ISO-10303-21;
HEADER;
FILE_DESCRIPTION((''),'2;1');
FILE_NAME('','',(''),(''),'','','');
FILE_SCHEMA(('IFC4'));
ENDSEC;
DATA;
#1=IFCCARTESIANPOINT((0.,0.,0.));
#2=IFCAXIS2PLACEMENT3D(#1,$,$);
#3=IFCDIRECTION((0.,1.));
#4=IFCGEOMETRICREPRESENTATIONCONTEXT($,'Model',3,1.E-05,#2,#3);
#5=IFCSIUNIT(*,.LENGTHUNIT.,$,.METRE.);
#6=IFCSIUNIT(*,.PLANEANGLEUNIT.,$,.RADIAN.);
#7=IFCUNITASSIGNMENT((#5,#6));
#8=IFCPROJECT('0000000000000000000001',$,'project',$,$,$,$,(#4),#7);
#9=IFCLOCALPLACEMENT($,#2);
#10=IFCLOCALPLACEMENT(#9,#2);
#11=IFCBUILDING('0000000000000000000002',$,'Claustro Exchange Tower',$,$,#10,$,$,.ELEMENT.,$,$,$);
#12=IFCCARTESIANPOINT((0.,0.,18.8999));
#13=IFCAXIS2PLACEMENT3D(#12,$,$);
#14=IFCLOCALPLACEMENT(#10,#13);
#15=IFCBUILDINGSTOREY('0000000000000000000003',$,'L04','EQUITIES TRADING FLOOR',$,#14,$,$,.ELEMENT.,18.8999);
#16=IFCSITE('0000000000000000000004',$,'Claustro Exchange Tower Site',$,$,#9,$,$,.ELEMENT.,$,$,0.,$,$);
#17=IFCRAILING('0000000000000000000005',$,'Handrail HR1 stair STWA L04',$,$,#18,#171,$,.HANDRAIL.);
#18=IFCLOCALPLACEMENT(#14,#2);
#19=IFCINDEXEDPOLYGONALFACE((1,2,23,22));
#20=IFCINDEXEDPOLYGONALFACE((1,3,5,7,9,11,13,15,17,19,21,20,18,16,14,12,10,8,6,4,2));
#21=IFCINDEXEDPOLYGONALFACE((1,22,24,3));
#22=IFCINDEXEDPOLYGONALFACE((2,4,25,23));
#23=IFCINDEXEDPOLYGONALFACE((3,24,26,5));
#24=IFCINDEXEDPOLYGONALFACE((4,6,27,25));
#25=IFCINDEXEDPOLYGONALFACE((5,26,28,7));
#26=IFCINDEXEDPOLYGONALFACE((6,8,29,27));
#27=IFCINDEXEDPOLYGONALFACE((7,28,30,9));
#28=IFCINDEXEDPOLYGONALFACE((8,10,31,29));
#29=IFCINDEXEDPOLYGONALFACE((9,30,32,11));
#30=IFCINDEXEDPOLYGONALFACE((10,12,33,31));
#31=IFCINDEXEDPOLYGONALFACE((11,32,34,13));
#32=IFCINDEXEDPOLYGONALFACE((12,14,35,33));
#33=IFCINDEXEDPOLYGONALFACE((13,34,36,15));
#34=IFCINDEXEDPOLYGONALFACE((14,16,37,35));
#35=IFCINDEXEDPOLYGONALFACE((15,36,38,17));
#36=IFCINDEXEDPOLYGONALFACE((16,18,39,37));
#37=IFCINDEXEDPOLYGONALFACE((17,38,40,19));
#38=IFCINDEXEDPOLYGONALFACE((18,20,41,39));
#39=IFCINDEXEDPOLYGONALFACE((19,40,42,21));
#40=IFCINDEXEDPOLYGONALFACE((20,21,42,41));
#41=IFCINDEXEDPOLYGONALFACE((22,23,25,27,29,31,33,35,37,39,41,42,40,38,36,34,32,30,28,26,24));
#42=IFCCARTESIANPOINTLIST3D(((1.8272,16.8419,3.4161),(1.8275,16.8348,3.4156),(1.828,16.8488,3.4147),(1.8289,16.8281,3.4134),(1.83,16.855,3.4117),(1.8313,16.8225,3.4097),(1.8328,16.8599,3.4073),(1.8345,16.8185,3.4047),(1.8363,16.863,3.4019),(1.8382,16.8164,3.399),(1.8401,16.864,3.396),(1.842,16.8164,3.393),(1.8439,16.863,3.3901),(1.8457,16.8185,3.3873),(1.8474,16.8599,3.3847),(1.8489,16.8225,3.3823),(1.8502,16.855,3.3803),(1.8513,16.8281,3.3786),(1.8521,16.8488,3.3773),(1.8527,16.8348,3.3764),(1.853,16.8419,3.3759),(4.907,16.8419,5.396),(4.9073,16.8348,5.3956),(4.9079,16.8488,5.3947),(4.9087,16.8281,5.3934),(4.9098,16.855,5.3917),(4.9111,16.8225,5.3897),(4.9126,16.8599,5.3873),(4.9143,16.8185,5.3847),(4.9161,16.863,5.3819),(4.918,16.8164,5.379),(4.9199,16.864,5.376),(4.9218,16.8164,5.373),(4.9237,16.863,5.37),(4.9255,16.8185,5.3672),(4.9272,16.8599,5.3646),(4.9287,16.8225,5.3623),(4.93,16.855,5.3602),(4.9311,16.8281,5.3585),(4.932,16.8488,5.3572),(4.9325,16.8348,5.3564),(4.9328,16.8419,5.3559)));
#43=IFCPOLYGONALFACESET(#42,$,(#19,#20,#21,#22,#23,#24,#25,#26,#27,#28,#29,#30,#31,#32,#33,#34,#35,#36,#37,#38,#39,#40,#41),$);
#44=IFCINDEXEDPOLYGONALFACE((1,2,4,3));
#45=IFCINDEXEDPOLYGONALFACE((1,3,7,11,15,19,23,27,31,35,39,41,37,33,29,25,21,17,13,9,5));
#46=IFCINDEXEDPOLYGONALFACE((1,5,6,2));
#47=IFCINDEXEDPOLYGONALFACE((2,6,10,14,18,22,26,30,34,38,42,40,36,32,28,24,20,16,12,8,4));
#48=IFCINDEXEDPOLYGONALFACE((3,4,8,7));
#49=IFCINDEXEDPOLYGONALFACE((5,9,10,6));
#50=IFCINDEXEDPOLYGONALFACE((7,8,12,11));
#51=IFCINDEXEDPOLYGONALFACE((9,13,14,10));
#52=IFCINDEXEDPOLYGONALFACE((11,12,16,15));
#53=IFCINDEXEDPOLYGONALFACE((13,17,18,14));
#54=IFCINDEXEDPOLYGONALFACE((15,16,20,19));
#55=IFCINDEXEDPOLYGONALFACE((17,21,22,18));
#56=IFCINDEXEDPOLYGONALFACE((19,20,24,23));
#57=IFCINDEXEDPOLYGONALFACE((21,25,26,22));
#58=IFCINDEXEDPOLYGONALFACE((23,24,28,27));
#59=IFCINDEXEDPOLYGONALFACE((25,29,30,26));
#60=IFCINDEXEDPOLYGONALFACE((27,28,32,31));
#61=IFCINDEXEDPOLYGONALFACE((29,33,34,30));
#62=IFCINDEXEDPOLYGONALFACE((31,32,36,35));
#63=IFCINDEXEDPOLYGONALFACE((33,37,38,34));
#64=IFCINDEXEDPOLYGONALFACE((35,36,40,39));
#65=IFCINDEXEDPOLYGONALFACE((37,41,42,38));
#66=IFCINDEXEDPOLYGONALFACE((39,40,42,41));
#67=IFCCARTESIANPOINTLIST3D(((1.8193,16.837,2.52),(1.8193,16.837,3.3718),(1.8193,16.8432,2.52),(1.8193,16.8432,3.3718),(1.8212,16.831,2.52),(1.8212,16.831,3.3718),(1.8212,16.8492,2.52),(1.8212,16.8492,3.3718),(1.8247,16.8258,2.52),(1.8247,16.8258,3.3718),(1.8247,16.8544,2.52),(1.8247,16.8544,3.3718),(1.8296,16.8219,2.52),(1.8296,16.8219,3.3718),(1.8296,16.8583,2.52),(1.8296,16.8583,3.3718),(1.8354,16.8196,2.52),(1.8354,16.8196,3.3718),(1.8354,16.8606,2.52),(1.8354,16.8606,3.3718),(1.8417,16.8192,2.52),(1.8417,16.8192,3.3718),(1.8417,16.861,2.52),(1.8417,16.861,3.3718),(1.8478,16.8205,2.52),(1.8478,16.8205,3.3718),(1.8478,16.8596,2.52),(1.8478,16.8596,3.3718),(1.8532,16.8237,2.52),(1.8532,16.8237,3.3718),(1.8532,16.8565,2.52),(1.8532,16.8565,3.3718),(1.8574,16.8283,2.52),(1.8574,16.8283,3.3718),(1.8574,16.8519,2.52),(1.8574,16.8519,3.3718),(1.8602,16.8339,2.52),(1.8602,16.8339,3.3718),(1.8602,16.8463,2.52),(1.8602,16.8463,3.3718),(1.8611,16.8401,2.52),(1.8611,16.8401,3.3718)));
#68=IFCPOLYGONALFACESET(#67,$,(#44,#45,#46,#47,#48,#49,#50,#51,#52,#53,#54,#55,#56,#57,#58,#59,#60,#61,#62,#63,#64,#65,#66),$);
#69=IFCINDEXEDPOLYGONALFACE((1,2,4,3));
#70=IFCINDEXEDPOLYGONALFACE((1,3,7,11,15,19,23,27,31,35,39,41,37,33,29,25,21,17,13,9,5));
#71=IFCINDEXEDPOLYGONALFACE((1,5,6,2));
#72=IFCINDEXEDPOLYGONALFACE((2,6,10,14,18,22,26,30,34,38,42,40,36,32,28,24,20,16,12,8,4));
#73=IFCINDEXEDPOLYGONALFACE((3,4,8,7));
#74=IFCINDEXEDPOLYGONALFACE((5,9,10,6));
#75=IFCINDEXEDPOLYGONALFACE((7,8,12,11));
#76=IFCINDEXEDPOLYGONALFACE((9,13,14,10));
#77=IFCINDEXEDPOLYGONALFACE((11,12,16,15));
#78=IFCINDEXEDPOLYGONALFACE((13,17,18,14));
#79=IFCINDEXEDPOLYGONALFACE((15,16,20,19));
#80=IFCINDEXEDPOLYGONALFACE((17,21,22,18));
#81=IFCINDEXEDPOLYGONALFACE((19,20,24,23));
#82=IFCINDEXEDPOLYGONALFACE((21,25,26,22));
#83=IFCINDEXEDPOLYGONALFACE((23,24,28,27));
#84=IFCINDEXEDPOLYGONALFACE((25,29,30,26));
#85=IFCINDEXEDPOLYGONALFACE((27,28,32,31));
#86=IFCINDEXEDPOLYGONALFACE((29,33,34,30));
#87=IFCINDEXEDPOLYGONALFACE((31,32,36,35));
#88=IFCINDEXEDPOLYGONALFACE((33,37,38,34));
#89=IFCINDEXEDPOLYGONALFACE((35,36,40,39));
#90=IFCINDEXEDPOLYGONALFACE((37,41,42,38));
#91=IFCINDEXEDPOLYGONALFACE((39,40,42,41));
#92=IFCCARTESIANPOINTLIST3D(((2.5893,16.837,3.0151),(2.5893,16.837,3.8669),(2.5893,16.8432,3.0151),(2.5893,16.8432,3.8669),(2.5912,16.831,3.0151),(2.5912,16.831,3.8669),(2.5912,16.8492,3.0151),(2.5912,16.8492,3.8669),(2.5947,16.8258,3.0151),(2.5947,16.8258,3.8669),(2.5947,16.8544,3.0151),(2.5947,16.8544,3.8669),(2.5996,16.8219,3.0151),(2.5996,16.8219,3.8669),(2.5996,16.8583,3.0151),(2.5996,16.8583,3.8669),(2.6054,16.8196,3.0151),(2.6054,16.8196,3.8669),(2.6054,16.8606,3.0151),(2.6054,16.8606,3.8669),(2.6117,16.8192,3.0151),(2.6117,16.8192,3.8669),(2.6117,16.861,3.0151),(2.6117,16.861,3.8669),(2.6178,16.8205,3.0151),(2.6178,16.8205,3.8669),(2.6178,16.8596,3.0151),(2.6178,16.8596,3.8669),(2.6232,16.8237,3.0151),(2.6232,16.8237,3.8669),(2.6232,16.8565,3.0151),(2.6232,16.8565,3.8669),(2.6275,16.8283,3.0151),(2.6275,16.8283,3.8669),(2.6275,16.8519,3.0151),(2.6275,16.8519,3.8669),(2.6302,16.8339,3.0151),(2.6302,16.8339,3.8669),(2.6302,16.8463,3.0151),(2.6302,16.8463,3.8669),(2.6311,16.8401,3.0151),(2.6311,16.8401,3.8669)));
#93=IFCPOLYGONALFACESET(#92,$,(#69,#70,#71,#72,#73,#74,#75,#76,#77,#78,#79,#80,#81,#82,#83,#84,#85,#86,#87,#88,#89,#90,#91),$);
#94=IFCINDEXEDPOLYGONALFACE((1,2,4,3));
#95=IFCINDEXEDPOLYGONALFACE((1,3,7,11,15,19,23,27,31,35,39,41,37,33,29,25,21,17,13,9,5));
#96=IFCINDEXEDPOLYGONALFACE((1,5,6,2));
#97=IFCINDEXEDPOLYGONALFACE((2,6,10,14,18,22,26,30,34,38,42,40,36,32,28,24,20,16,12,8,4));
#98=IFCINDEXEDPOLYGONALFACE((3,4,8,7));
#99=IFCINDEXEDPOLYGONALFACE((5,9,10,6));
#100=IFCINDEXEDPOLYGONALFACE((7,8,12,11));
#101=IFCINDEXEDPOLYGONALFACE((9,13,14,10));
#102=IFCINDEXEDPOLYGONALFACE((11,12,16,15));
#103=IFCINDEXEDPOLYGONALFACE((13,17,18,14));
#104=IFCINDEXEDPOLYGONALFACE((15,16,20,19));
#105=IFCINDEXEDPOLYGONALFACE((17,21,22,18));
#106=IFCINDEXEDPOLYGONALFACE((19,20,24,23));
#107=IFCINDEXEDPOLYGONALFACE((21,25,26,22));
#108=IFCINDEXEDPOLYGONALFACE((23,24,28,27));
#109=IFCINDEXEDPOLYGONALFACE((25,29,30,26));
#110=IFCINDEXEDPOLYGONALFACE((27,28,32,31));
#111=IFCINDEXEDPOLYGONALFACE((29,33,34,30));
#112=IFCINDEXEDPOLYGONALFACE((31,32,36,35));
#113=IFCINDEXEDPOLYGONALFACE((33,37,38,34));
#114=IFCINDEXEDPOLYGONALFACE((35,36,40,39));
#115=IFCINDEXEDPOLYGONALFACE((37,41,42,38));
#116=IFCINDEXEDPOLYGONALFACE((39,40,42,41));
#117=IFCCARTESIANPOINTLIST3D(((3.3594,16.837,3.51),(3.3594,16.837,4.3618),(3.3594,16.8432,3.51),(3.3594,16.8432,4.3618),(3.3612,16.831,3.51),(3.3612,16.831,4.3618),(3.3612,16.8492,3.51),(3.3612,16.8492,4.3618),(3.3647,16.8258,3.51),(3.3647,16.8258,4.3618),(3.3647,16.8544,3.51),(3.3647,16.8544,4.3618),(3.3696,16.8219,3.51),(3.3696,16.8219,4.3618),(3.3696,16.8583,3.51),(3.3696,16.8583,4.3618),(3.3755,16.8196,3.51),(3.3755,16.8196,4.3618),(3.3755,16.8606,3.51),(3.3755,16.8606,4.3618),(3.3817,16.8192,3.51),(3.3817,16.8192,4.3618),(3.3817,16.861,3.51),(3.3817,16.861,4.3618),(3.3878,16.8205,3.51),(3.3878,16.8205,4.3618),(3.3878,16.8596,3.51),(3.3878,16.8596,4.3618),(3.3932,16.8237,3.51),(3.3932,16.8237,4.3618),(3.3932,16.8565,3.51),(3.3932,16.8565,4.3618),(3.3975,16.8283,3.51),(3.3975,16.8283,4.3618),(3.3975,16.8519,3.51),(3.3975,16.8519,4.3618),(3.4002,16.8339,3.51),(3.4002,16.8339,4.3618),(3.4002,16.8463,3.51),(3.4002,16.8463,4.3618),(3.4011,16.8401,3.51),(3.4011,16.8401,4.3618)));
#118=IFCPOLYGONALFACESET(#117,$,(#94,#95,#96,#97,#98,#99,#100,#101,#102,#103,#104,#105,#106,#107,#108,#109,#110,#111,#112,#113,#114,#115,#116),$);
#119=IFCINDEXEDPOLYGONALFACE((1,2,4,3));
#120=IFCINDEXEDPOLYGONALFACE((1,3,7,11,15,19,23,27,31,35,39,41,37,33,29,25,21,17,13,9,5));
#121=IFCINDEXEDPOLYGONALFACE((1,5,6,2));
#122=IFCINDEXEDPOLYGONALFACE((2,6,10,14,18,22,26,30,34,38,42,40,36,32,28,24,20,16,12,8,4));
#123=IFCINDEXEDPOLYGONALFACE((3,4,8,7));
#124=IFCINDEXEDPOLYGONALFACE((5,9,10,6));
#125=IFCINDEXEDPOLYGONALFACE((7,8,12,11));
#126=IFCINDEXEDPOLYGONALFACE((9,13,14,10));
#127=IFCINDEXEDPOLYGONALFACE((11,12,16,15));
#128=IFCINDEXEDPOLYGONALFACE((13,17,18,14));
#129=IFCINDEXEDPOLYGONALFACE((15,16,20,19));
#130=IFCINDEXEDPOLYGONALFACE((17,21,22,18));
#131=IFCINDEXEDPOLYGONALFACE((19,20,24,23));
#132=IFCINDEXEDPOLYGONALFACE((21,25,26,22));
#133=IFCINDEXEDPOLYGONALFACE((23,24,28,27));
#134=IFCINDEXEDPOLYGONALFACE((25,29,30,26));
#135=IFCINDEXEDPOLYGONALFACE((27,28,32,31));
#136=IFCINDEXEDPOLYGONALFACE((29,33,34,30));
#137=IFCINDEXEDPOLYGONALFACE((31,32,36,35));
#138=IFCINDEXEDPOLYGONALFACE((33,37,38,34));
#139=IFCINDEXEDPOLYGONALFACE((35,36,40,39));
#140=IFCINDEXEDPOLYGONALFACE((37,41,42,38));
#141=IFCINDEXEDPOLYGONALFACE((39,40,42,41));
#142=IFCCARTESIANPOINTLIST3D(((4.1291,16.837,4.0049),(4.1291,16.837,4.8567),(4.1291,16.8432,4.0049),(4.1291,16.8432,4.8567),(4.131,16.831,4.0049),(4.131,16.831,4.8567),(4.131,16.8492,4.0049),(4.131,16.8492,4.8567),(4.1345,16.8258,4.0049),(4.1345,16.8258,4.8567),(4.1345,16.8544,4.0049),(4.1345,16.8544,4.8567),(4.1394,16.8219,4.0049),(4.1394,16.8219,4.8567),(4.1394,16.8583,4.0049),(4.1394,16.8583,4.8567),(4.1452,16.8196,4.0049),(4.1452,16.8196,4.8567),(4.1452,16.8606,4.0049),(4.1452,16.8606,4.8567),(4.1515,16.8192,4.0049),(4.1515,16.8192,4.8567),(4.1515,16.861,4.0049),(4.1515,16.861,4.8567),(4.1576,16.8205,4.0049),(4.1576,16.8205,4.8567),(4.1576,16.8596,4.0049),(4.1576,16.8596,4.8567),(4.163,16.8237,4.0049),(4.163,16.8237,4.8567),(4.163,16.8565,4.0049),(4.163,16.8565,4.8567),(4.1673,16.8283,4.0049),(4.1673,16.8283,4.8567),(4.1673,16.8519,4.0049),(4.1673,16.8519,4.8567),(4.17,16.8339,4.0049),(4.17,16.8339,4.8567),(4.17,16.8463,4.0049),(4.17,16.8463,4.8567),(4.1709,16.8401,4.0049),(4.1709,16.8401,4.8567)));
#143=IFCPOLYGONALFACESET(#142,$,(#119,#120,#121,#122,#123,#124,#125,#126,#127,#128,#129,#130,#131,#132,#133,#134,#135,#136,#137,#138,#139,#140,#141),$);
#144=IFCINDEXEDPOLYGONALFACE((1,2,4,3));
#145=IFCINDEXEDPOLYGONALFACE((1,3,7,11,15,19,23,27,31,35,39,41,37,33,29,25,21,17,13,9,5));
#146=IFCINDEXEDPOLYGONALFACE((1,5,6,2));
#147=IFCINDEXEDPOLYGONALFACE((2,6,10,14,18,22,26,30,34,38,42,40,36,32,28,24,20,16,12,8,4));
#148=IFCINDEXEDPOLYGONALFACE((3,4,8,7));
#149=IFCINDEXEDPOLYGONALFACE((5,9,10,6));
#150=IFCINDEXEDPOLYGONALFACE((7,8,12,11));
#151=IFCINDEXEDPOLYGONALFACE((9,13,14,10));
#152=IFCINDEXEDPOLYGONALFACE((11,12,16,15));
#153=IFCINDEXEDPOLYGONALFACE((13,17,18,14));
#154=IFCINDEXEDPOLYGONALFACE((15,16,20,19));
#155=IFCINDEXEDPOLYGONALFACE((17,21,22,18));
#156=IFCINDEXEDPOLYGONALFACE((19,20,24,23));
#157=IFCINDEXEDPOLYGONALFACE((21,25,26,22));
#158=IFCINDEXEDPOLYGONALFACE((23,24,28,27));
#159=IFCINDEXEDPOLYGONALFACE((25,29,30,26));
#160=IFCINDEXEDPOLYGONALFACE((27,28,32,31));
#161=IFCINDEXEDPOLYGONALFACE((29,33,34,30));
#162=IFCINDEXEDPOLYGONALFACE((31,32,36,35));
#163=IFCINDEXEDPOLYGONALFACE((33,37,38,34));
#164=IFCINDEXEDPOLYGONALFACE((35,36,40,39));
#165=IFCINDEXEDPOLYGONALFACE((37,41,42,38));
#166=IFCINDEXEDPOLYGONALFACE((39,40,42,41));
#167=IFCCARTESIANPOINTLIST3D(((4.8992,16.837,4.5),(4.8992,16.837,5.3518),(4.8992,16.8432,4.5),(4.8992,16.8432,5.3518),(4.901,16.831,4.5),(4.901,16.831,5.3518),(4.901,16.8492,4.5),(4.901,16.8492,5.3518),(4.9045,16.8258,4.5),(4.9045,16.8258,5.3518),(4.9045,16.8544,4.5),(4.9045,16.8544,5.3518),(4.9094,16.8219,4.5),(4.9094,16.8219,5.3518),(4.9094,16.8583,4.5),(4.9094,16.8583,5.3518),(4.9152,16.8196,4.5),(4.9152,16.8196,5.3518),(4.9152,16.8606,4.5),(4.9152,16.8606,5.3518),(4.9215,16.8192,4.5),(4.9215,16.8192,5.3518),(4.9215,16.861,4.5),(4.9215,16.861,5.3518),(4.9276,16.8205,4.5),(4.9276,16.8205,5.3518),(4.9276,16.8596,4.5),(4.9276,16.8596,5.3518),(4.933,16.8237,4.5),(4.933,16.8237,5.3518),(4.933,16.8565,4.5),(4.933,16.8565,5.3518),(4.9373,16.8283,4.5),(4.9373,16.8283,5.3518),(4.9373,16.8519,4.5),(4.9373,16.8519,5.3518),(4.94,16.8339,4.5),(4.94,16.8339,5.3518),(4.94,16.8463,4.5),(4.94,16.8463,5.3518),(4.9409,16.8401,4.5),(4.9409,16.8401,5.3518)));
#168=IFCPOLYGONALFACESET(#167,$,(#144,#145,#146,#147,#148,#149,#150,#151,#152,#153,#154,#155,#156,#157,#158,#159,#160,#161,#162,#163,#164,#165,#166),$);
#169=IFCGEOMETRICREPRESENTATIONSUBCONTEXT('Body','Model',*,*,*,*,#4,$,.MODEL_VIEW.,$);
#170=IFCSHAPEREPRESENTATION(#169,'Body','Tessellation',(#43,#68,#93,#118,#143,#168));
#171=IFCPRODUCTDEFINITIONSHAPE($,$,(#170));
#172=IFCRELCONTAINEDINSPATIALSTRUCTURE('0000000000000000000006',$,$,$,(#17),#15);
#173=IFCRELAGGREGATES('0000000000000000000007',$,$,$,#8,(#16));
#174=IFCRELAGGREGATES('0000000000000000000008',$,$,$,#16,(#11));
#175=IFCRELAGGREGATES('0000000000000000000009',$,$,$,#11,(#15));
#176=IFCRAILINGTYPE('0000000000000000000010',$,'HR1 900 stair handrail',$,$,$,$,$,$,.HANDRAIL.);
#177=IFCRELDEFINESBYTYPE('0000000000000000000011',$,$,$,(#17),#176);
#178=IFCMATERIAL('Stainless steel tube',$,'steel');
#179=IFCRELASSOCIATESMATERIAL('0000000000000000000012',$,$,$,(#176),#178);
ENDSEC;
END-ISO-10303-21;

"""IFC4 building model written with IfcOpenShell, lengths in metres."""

from ifc_helpers import new_model, si_unit, direction, frame, origin, origin_2d, place, context, subcontext, project, spatial, circle, extrude, material, type_object, element, save


model = new_model("IFC4")

# Units and contexts
model_context = context("Model", 3, precision=1e-05, world=origin(), true_north=direction((0.0, 1.0)))
body_context = subcontext(model_context, "Body", "Model", "MODEL_VIEW")
ifc_project = project(units=[si_unit("LENGTHUNIT", "METRE"), si_unit("PLANEANGLEUNIT", "RADIAN")], contexts=[model_context])

# Site, building, storey
site_placement = place(None, origin())
site = spatial("IfcSite", under=ifc_project, at=site_placement, Name="Claustro Exchange Tower Site", CompositionType="ELEMENT", RefElevation=0.0)
building_placement = place(site_placement, origin())
building = spatial("IfcBuilding", under=site, at=building_placement, Name="Claustro Exchange Tower", CompositionType="ELEMENT")
storey_placement = place(building_placement, frame((0.0, 0.0, 18.8999)))
storey = spatial("IfcBuildingStorey", under=building, at=storey_placement, Name="L04", Description="EQUITIES TRADING FLOOR", CompositionType="ELEMENT", Elevation=18.8999)

# Railing
ifc_material_1 = material(Name="Stainless steel tube", Category="steel")
railing_type_1 = type_object("IfcRailingType", Name="HR1 900 stair handrail", PredefinedType="HANDRAIL", material=ifc_material_1)
railing_1_placement = place(storey_placement, frame((1.8401, 16.8401, 2.52)))
element("IfcRailing", 1, at=railing_1_placement, inside=storey, type_object=railing_type_1, Name="Handrail HR1 stair STWA L04", PredefinedType="HANDRAIL", context=body_context, shape_type="SweptSolid", body=[
    extrude(circle(Radius=0.0239, at=origin_2d()), frame((0.0, 0.0, 0.876), z_axis=(0.841168, 0.0, 0.540774), x_axis=(0.0, 1.0, 0.0)), (0.0, 0.0, 1.0), 3.6614),
    extrude(circle(Radius=0.021, at=origin_2d()), origin(), (0.0, 0.0, 1.0), 0.8518),
    extrude(circle(Radius=0.021, at=origin_2d()), frame((0.77, 0.0, 0.4951)), (0.0, 0.0, 1.0), 0.8518),
    extrude(circle(Radius=0.021, at=origin_2d()), frame((1.54, 0.0, 0.99)), (0.0, 0.0, 1.0), 0.8518),
    extrude(circle(Radius=0.021, at=origin_2d()), frame((2.3098, 0.0, 1.4849)), (0.0, 0.0, 1.0), 0.8518),
    extrude(circle(Radius=0.021, at=origin_2d()), frame((3.0798, 0.0, 1.98)), (0.0, 0.0, 1.0), 0.8518),
])

save(model, "model.ifc")
